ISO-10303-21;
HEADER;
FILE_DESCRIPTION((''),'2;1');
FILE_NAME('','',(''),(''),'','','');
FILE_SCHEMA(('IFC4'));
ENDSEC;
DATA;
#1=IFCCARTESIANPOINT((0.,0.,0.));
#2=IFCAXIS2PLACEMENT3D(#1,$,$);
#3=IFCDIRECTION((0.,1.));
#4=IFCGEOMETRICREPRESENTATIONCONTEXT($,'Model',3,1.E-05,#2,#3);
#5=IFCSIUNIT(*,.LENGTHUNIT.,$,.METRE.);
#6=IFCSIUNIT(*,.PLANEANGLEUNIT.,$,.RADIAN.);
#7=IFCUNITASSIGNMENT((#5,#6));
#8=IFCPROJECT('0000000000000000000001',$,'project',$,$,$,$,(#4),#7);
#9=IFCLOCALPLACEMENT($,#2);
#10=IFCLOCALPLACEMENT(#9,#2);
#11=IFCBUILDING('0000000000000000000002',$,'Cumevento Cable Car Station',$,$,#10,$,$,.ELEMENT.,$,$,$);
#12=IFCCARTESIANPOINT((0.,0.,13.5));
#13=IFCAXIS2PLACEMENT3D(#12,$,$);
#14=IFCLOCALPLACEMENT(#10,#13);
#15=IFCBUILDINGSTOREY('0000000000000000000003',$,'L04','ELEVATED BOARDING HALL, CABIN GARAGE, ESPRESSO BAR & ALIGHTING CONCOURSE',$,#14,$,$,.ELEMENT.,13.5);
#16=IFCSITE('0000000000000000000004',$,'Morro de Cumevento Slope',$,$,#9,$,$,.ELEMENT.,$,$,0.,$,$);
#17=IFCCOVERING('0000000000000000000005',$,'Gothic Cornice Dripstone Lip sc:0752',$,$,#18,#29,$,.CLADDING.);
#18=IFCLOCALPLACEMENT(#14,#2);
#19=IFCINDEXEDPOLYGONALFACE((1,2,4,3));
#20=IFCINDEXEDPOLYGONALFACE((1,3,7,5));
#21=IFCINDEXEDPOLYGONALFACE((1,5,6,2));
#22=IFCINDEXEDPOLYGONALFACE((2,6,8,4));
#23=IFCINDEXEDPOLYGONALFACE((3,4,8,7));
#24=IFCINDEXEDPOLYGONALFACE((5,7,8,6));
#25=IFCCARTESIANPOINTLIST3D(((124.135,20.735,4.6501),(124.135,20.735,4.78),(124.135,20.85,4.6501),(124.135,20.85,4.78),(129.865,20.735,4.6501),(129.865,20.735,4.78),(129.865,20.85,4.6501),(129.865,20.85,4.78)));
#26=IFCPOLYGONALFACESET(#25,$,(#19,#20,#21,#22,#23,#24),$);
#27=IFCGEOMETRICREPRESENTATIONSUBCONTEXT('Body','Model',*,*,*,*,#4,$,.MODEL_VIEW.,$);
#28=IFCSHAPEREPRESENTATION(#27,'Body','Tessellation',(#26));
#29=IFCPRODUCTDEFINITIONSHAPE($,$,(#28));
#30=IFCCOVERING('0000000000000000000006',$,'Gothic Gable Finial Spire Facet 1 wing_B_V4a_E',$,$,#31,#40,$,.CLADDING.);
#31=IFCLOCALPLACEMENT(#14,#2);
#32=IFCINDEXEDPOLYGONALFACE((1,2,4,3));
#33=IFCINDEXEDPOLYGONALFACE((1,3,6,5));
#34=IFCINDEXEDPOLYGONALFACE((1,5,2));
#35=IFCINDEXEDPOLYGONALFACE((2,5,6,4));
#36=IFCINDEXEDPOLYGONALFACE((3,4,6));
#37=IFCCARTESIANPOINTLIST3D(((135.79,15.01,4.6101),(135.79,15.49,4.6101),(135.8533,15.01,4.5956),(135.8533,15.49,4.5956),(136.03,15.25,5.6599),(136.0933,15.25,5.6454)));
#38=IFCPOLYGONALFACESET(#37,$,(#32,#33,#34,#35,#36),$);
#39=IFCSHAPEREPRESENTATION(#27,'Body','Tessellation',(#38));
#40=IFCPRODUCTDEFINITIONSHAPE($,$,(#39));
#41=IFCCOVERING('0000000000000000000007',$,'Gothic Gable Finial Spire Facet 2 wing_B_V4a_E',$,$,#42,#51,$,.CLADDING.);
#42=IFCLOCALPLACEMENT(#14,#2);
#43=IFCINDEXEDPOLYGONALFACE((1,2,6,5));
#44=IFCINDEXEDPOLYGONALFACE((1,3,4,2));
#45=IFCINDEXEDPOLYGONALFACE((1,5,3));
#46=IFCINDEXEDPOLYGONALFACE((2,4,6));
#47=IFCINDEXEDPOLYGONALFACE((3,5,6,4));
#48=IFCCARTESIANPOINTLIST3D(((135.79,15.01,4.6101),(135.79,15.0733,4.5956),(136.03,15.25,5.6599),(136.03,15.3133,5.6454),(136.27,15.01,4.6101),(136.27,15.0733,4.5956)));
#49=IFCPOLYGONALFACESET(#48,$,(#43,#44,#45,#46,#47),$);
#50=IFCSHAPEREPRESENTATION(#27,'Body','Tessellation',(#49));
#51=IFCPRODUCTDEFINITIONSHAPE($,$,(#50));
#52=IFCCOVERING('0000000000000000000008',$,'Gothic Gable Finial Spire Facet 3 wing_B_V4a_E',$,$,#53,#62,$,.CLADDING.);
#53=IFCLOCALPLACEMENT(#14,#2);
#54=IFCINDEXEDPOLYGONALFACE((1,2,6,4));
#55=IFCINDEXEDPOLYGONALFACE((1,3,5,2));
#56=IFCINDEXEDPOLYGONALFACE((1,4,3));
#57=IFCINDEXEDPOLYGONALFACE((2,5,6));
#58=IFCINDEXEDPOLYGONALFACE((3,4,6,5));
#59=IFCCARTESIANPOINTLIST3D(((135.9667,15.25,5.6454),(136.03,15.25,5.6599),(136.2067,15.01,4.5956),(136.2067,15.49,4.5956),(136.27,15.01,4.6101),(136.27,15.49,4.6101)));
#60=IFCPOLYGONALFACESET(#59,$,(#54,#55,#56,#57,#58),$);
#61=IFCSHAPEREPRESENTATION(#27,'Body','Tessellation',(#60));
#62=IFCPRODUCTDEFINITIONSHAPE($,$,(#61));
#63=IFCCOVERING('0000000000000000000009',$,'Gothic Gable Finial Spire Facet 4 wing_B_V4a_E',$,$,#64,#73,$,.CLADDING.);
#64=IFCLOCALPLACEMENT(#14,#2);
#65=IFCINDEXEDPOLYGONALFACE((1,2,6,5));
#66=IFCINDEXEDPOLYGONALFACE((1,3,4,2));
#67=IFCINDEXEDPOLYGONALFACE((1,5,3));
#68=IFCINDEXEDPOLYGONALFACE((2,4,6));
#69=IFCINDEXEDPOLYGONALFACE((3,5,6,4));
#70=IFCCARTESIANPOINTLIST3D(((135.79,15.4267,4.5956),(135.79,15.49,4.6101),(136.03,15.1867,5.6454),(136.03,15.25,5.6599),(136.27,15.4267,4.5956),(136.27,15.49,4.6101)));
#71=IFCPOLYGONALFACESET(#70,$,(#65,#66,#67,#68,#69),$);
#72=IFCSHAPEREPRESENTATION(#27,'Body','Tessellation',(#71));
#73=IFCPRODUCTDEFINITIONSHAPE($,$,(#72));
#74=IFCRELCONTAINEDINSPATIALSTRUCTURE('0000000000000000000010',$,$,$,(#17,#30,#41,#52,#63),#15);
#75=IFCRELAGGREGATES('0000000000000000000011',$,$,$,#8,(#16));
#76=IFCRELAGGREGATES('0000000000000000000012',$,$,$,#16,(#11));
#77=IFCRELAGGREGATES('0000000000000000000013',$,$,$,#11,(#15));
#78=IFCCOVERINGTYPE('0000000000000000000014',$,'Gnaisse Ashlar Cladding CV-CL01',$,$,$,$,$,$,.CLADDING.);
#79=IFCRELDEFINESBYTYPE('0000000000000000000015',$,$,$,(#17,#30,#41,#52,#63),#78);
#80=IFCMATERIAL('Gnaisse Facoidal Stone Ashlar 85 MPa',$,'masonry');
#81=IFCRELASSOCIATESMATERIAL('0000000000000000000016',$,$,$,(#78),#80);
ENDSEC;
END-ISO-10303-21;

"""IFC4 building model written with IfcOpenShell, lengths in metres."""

from ifc_helpers import new_model, si_unit, direction, frame, origin, origin_2d, place, context, subcontext, project, spatial, polyline, rectangle, outline, extrude, material, type_object, element, save


model = new_model("IFC4")

# Units and contexts
model_context = context("Model", 3, precision=1e-05, world=origin(), true_north=direction((0.0, 1.0)))
body_context = subcontext(model_context, "Body", "Model", "MODEL_VIEW")
ifc_project = project(units=[si_unit("LENGTHUNIT", "METRE"), si_unit("PLANEANGLEUNIT", "RADIAN")], contexts=[model_context])

# Site, building, storey
site_placement = place(None, origin())
site = spatial("IfcSite", under=ifc_project, at=site_placement, Name="Morro de Cumevento Slope", CompositionType="ELEMENT", RefElevation=0.0)
building_placement = place(site_placement, origin())
building = spatial("IfcBuilding", under=site, at=building_placement, Name="Cumevento Cable Car Station", CompositionType="ELEMENT")
storey_placement = place(building_placement, frame((0.0, 0.0, 13.5)))
storey = spatial("IfcBuildingStorey", under=building, at=storey_placement, Name="L04", Description="ELEVATED BOARDING HALL, CABIN GARAGE, ESPRESSO BAR & ALIGHTING CONCOURSE", CompositionType="ELEMENT", Elevation=13.5)

# Coverings
ifc_material_1 = material(Name="Gnaisse Facoidal Stone Ashlar 85 MPa", Category="masonry")
covering_type = type_object("IfcCoveringType", Name="Gnaisse Ashlar Cladding CV-CL01", PredefinedType="CLADDING", material=ifc_material_1)
covering_1_placement = place(storey_placement, frame((127.0, 20.7925, 4.6501), z_axis=(0.0, 0.0, 1.0), x_axis=(-1.0, 0.0, 0.0)))
element("IfcCovering", 1, at=covering_1_placement, inside=storey, type_object=covering_type, Name="Gothic Cornice Dripstone Lip sc:0752", PredefinedType="CLADDING", context=body_context, shape_type="SweptSolid", body=[
    extrude(rectangle(XDim=5.73, YDim=0.115, at=origin_2d()), origin(), (0.0, 0.0, 1.0), 0.1299),
])
for number, where, z_axis, x_axis, name in (
    (2, (135.79, 15.49, 4.6101), (-0.974851, 0.0, 0.222856), (0.0, -1.0, 0.0), "Gothic Gable Finial Spire Facet 1 wing_B_V4a_E"),
    (3, (135.79, 15.01, 4.6101), (0.0, -0.974851, 0.222856), (1.0, 0.0, 0.0), "Gothic Gable Finial Spire Facet 2 wing_B_V4a_E"),
    (4, (136.27, 15.01, 4.6101), (0.974851, 0.0, 0.222856), (0.0, 1.0, 0.0), "Gothic Gable Finial Spire Facet 3 wing_B_V4a_E"),
    (5, (136.27, 15.49, 4.6101), (0.0, 0.974851, 0.222856), (-1.0, 0.0, 0.0), "Gothic Gable Finial Spire Facet 4 wing_B_V4a_E"),
):
    element("IfcCovering", number, at=place(storey_placement, frame(where, z_axis=z_axis, x_axis=x_axis)), inside=storey, type_object=covering_type, Name=name, PredefinedType="CLADDING", context=body_context, shape_type="SweptSolid", body=[
        extrude(outline(polyline([(0.0, 0.0), (0.48, 0.0), (0.24, 1.0769), (0.0, 0.0)])), origin(), (0.0, 0.0, -1.0), 0.0649),
    ])

save(model, "model.ifc")
